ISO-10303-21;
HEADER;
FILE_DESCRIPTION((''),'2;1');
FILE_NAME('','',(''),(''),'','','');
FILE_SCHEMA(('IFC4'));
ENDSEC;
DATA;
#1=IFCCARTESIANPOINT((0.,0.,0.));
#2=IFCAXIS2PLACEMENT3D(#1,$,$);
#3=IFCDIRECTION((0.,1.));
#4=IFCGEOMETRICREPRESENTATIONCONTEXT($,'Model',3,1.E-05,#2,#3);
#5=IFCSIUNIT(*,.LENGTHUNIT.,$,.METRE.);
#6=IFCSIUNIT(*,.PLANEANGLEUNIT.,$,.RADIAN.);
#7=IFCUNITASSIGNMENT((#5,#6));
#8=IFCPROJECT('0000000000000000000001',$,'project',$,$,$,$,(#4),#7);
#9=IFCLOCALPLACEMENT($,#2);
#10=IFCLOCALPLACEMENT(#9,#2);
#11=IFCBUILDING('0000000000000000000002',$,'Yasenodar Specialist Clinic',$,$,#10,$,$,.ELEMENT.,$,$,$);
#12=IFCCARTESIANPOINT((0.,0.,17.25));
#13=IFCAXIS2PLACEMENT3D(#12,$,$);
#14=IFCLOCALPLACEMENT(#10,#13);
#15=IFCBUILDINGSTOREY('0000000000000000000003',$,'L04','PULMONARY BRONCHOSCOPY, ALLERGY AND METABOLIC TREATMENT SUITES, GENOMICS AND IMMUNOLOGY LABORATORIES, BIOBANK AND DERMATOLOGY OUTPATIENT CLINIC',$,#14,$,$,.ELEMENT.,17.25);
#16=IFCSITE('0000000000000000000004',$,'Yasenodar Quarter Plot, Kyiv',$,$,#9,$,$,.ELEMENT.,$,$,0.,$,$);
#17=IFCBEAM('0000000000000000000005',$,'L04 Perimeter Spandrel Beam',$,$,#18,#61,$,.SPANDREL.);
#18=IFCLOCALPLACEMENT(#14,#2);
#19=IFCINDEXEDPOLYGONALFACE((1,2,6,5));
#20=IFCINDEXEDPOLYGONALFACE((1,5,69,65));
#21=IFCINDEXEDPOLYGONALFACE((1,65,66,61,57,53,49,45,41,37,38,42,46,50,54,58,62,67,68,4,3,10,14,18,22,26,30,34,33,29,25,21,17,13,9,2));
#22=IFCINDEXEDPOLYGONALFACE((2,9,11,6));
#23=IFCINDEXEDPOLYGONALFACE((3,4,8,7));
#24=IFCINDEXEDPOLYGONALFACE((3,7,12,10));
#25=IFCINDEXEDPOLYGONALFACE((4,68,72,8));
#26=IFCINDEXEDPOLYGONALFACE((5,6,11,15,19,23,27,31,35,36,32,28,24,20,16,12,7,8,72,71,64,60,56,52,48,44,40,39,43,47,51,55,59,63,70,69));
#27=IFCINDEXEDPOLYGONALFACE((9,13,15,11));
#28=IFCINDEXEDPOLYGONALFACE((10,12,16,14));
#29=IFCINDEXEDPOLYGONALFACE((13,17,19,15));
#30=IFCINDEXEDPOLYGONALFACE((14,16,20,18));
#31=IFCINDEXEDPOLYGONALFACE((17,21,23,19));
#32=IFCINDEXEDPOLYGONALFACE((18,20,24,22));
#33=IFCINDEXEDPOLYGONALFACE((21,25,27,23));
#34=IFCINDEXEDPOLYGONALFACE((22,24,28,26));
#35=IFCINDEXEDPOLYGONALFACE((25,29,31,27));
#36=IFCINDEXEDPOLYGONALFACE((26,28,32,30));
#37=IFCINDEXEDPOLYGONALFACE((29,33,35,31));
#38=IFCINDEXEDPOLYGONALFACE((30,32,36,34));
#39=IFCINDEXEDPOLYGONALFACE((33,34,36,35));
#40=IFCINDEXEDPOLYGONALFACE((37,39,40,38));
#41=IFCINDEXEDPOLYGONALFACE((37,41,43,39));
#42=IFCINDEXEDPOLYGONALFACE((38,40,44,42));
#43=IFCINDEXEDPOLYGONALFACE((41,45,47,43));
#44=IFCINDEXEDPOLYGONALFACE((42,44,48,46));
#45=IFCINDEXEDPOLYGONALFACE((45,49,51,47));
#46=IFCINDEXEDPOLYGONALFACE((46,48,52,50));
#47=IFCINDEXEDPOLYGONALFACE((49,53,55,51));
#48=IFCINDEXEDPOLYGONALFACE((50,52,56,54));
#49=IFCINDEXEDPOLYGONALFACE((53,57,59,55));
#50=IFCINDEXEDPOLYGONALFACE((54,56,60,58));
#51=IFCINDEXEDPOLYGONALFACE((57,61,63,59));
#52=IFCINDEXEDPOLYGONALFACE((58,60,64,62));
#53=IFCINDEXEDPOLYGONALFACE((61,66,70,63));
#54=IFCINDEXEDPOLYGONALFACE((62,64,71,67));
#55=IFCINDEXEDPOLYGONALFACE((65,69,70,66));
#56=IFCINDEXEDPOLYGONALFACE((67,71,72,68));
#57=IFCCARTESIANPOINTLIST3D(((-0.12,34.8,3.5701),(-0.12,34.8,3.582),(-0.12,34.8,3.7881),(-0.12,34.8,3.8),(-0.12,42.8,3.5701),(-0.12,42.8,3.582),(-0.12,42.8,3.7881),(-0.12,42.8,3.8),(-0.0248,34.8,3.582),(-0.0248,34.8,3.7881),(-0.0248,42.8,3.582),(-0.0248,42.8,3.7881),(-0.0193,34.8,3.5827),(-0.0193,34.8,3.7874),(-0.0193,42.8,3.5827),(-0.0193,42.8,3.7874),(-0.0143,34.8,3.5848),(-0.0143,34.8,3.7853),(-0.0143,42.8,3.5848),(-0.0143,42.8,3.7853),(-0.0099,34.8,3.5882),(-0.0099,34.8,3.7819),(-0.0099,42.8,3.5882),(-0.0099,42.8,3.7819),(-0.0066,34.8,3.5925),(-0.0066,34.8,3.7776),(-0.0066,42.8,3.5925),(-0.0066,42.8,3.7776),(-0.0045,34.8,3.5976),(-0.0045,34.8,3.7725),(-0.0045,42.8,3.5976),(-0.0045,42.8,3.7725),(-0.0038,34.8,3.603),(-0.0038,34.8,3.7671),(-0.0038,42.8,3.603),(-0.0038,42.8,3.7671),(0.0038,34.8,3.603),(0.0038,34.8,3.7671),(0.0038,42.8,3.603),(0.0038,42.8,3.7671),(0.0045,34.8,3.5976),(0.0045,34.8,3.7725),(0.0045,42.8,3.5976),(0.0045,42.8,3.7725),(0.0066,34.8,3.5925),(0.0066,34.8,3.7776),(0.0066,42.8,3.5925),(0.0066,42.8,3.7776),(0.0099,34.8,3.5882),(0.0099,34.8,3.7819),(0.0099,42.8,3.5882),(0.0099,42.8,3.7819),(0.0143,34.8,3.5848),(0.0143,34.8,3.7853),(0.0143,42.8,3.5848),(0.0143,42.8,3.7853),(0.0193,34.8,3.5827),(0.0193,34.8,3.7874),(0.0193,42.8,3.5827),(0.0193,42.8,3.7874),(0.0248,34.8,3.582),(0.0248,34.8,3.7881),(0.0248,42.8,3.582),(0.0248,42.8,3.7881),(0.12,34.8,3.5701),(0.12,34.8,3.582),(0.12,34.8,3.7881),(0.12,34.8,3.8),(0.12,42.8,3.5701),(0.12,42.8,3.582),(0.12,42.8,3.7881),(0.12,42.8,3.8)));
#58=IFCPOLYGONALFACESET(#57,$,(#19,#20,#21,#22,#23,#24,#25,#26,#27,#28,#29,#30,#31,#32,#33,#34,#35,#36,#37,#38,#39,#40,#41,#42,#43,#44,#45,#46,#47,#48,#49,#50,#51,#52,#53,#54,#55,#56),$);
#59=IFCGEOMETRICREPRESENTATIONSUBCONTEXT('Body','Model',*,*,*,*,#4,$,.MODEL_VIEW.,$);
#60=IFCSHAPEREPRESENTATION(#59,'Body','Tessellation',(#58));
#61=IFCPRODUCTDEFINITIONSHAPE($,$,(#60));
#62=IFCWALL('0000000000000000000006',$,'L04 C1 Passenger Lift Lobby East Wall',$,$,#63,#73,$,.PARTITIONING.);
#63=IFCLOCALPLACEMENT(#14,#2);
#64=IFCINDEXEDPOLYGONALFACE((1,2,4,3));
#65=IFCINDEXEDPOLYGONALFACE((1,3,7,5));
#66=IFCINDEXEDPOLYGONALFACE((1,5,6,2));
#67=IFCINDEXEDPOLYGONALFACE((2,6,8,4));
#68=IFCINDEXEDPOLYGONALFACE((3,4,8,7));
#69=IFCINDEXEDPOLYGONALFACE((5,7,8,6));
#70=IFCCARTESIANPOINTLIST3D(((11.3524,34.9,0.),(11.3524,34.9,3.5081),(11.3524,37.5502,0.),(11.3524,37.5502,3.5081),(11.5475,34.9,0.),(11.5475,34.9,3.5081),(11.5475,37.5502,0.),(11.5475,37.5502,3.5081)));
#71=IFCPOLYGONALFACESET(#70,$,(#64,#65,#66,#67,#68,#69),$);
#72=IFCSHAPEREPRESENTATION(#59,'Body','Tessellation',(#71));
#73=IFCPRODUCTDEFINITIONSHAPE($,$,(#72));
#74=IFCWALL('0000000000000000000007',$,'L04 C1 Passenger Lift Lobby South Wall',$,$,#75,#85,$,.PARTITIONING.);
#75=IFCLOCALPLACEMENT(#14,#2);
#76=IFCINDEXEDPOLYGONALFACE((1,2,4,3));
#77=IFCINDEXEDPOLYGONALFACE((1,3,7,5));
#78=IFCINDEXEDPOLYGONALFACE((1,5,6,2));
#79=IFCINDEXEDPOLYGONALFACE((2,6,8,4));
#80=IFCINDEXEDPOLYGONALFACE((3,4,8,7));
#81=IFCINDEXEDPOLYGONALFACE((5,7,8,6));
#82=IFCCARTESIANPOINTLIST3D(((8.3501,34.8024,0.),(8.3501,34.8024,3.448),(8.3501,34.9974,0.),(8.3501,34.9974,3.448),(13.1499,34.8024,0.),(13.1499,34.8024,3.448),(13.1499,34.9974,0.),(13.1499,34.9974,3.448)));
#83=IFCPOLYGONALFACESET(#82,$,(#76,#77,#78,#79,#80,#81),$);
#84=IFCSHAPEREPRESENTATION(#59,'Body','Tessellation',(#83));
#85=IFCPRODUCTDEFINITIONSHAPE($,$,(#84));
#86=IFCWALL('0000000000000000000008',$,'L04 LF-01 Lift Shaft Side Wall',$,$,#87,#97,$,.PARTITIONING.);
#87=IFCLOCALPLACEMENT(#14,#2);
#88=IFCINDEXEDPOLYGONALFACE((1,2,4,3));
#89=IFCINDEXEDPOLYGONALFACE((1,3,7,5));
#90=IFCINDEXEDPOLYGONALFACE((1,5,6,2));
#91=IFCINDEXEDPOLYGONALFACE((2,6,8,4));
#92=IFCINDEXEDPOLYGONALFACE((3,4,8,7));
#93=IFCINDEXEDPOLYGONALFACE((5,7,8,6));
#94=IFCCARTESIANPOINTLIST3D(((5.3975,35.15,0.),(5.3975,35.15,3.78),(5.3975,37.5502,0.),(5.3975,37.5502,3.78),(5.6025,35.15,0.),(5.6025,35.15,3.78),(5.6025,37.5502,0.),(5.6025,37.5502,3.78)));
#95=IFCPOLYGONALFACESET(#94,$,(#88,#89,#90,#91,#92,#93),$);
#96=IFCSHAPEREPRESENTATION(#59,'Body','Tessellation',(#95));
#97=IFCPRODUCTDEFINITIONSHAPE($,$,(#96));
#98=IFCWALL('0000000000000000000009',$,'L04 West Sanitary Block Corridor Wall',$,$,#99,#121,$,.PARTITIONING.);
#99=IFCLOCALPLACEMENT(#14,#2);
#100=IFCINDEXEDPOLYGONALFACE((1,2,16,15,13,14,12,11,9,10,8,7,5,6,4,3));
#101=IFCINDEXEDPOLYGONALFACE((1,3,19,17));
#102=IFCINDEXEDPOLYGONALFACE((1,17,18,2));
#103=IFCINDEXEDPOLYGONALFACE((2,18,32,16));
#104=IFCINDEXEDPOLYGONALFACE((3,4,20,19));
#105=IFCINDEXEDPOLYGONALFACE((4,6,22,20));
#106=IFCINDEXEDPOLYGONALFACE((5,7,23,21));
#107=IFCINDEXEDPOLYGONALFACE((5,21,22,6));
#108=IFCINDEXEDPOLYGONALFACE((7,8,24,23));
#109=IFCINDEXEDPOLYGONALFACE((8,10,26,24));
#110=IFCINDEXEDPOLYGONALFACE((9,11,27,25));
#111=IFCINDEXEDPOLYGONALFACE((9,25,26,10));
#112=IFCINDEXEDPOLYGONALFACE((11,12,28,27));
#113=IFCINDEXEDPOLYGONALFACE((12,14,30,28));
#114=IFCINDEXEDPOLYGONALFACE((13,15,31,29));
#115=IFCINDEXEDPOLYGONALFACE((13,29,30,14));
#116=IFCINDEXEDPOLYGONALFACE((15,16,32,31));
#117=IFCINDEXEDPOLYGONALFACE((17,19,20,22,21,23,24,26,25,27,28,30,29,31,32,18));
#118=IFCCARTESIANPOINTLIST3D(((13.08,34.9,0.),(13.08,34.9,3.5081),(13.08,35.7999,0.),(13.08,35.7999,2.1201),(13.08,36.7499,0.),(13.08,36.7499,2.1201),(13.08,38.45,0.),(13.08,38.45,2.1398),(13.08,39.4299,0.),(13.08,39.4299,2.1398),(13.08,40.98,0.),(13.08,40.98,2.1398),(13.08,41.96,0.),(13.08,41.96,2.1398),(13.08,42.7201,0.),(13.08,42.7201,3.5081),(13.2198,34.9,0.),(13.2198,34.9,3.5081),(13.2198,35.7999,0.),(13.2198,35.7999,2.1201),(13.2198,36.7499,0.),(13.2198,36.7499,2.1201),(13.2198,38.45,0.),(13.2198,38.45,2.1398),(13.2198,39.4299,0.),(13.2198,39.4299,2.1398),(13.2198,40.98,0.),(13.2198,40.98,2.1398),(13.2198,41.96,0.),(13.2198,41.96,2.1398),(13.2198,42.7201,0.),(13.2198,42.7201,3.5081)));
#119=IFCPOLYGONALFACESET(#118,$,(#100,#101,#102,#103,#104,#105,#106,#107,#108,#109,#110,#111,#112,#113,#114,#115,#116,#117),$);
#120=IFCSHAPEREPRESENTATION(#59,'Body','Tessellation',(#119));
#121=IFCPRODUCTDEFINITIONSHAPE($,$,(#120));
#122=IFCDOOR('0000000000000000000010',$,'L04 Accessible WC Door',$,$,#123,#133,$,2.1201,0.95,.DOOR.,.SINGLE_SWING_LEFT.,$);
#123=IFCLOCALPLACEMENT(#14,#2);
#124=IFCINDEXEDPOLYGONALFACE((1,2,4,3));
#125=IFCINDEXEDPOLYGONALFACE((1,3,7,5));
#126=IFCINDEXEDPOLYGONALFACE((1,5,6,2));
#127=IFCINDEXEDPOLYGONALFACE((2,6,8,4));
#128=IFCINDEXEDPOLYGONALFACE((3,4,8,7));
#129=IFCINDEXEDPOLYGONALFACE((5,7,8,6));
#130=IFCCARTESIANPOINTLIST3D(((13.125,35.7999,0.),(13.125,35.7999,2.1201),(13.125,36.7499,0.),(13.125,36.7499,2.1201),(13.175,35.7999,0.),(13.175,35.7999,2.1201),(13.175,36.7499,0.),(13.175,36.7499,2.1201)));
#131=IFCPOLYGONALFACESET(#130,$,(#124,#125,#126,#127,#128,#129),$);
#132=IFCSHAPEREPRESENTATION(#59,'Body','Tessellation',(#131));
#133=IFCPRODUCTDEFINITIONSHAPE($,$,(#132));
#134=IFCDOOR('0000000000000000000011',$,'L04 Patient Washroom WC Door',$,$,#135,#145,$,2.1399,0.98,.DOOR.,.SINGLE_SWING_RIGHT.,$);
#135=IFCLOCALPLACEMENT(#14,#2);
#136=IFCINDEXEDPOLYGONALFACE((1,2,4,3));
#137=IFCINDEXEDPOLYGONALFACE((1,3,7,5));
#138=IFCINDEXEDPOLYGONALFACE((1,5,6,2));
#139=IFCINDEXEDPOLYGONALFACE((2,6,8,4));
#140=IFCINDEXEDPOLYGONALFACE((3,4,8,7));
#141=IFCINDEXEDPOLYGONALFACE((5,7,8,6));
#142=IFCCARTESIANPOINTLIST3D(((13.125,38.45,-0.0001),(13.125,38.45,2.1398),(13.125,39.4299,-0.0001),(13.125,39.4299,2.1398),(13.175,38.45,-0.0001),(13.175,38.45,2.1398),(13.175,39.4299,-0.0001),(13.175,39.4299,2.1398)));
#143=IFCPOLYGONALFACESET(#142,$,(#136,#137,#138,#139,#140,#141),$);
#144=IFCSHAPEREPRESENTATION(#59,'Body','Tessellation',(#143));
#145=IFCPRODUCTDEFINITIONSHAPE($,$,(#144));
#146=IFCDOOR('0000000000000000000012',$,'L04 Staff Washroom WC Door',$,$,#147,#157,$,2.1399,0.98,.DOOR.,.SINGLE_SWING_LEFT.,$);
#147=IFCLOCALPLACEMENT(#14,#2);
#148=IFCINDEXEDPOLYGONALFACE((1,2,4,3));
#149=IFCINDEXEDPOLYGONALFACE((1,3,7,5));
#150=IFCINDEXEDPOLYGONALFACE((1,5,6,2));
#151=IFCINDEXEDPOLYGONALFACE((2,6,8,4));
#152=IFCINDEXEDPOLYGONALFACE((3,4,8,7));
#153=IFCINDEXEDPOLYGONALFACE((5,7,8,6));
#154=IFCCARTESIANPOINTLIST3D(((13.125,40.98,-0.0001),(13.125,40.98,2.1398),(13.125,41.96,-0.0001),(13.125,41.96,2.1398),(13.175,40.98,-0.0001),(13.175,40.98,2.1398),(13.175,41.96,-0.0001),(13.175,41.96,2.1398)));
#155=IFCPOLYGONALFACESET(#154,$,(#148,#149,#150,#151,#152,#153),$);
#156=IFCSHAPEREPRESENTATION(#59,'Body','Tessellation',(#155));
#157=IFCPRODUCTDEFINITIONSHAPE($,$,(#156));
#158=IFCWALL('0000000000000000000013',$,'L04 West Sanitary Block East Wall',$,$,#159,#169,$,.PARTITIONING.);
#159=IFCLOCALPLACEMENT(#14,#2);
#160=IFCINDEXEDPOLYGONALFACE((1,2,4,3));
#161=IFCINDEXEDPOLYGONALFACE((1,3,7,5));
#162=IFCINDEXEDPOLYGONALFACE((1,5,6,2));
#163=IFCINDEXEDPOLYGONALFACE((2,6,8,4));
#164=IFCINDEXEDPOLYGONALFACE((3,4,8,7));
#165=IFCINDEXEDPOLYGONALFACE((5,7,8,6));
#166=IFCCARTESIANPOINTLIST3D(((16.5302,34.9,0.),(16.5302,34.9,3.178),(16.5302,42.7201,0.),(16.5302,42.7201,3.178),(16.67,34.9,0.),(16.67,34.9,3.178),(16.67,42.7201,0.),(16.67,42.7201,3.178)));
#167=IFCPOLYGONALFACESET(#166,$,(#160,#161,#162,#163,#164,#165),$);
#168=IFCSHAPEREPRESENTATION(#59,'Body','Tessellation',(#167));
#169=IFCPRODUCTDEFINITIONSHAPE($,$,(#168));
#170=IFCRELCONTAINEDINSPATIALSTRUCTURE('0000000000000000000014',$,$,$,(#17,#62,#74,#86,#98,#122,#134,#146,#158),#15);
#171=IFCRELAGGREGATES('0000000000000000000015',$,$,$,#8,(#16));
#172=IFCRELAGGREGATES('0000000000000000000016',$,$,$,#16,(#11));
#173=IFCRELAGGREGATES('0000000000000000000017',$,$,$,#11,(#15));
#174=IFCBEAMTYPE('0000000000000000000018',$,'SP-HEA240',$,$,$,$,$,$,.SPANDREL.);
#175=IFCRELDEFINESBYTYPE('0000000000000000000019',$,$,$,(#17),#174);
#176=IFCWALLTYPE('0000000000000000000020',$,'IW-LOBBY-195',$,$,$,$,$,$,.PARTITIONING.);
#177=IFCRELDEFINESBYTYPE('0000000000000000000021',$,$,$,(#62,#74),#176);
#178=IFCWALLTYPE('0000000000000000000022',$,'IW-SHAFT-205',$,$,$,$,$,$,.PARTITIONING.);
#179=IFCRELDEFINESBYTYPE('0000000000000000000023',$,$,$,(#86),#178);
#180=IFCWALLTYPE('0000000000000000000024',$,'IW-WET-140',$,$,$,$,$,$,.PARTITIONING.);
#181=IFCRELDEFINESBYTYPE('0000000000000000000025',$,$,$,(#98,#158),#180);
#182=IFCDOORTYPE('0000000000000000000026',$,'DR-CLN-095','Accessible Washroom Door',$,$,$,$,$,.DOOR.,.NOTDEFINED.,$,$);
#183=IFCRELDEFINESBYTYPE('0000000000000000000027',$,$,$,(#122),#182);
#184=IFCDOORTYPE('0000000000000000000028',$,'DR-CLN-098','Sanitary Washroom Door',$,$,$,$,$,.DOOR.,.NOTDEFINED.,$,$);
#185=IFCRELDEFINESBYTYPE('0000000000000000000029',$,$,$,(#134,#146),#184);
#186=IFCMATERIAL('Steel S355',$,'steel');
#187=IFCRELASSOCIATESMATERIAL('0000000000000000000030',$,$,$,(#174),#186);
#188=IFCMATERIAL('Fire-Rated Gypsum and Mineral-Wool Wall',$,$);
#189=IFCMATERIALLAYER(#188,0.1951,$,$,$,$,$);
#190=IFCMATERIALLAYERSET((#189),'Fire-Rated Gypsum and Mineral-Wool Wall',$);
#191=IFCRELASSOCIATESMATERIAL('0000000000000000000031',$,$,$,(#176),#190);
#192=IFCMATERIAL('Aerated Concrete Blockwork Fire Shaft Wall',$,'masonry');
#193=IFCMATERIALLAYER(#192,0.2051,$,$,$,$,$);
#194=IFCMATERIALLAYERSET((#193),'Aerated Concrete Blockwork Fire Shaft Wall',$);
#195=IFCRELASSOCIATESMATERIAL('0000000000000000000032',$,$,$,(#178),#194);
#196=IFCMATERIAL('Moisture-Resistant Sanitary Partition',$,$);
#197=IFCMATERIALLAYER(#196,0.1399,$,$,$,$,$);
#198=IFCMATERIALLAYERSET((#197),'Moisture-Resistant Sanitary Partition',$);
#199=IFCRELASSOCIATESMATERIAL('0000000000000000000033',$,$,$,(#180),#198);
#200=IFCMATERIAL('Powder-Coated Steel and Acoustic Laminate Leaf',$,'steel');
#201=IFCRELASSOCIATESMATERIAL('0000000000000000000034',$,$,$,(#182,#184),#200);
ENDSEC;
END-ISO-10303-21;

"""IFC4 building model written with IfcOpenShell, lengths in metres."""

from ifc_helpers import new_model, si_unit, direction, frame, frame_2d, origin, origin_2d, place, context, subcontext, project, spatial, rectangle, i_section, extrude, material, layer, layer_set, material_profile, profile_set, type_object, element, fill, save


model = new_model("IFC4")

# Units and contexts
model_context = context("Model", 3, precision=1e-05, world=origin(), true_north=direction((0.0, 1.0)))
body_context = subcontext(model_context, "Body", "Model", "MODEL_VIEW")
ifc_project = project(units=[si_unit("LENGTHUNIT", "METRE"), si_unit("PLANEANGLEUNIT", "RADIAN")], contexts=[model_context])

# Site, building, storey
site_placement = place(None, origin())
site = spatial("IfcSite", under=ifc_project, at=site_placement, Name="Yasenodar Quarter Plot, Kyiv", CompositionType="ELEMENT", RefElevation=0.0)
building_placement = place(site_placement, origin())
building = spatial("IfcBuilding", under=site, at=building_placement, Name="Yasenodar Specialist Clinic", CompositionType="ELEMENT")
storey_placement = place(building_placement, frame((0.0, 0.0, 17.25)))
storey = spatial("IfcBuildingStorey", under=building, at=storey_placement, Name="L04", Description="PULMONARY BRONCHOSCOPY, ALLERGY AND METABOLIC TREATMENT SUITES, GENOMICS AND IMMUNOLOGY LABORATORIES, BIOBANK AND DERMATOLOGY OUTPATIENT CLINIC", CompositionType="ELEMENT", Elevation=17.25)

# Shared definitions
ifc_material_1 = material(Name="Steel S355", Category="steel")

# Beam
ifc_material_profile_1 = material_profile(ifc_material_1, i_section(OverallWidth=0.24, OverallDepth=0.23, WebThickness=0.0076, FlangeThickness=0.012, FilletRadius=0.021, at=origin_2d()), Name="HEA 240")
ifc_profile_set_1 = profile_set([ifc_material_profile_1], Name="Steel S355")
beam_type_1 = type_object("IfcBeamType", Name="SP-HEA240", PredefinedType="SPANDREL", material=ifc_profile_set_1)
beam_1_placement = place(storey_placement, frame((0.0, 34.8, 3.6851), z_axis=(0.0, 1.0, 0.0), x_axis=(-1.0, 0.0, 0.0)))
element("IfcBeam", 1, at=beam_1_placement, inside=storey, type_object=beam_type_1, Name="L04 Perimeter Spandrel Beam", PredefinedType="SPANDREL", context=body_context, shape_type="SweptSolid", body=[
    extrude(i_section(OverallWidth=0.24, OverallDepth=0.23, WebThickness=0.0076, FlangeThickness=0.012, FilletRadius=0.021, at=origin_2d()), origin(), (0.0, 0.0, 1.0), 8.0),
])

# Shared definitions
ifc_material_2 = material(Name="Fire-Rated Gypsum and Mineral-Wool Wall")
ifc_layer_1 = layer(ifc_material_2, 0.1951)
ifc_layer_set_1 = layer_set([ifc_layer_1], Name="Fire-Rated Gypsum and Mineral-Wool Wall")
wall_type_1 = type_object("IfcWallType", Name="IW-LOBBY-195", PredefinedType="PARTITIONING", material=ifc_layer_set_1)

# Walls
wall_1_placement = place(storey_placement, frame((11.45, 34.8999, 0.0), z_axis=(0.0, 0.0, 1.0), x_axis=(0.0, 1.0, 0.0)))
element("IfcWall", 2, at=wall_1_placement, inside=storey, type_object=wall_type_1, Name="L04 C1 Passenger Lift Lobby East Wall", PredefinedType="PARTITIONING", context=body_context, shape_type="SweptSolid", body=[
    extrude(rectangle(XDim=2.6501, YDim=0.1951, at=frame_2d((1.3252, 0.0))), origin(), (0.0, 0.0, 1.0), 3.5081),
])
wall_2_placement = place(storey_placement, frame((8.3501, 34.8999, 0.0), z_axis=(0.0, 0.0, 1.0), x_axis=(1.0, 0.0, 0.0)))
element("IfcWall", 3, at=wall_2_placement, inside=storey, type_object=wall_type_1, Name="L04 C1 Passenger Lift Lobby South Wall", PredefinedType="PARTITIONING", context=body_context, shape_type="SweptSolid", body=[
    extrude(rectangle(XDim=4.7998, YDim=0.1951, at=frame_2d((2.3999, 0.0))), origin(), (0.0, 0.0, 1.0), 3.448),
])
ifc_material_3 = material(Name="Aerated Concrete Blockwork Fire Shaft Wall", Category="masonry")
ifc_layer_2 = layer(ifc_material_3, 0.2051)
ifc_layer_set_2 = layer_set([ifc_layer_2], Name="Aerated Concrete Blockwork Fire Shaft Wall")
wall_type_2 = type_object("IfcWallType", Name="IW-SHAFT-205", PredefinedType="PARTITIONING", material=ifc_layer_set_2)
wall_3_placement = place(storey_placement, frame((5.5, 35.1499, 0.0), z_axis=(0.0, 0.0, 1.0), x_axis=(0.0, 1.0, 0.0)))
element("IfcWall", 4, at=wall_3_placement, inside=storey, type_object=wall_type_2, Name="L04 LF-01 Lift Shaft Side Wall", PredefinedType="PARTITIONING", context=body_context, shape_type="SweptSolid", body=[
    extrude(rectangle(XDim=2.4001, YDim=0.2051, at=frame_2d((1.2002, 0.0))), origin(), (0.0, 0.0, 1.0), 3.78),
])

# Wall, openings, doors
ifc_material_4 = material(Name="Moisture-Resistant Sanitary Partition")
ifc_layer_3 = layer(ifc_material_4, 0.1399)
ifc_layer_set_3 = layer_set([ifc_layer_3], Name="Moisture-Resistant Sanitary Partition")
wall_type_3 = type_object("IfcWallType", Name="IW-WET-140", PredefinedType="PARTITIONING", material=ifc_layer_set_3)
wall_4_placement = place(storey_placement, frame((13.1499, 34.8999, 0.0), z_axis=(0.0, 0.0, 1.0), x_axis=(0.0, 1.0, 0.0)))
wall_4 = element("IfcWall", 5, at=wall_4_placement, inside=storey, type_object=wall_type_3, Name="L04 West Sanitary Block Corridor Wall", PredefinedType="PARTITIONING", context=body_context, shape_type="SweptSolid", body=[
    extrude(rectangle(XDim=7.8201, YDim=0.1399, at=frame_2d((3.9102, 0.0))), origin(), (0.0, 0.0, 1.0), 3.5081),
])
opening_1_placement = place(wall_4_placement, frame((0.8999, 0.0, 0.0)))
opening_1 = element("IfcOpeningElement", 6, at=opening_1_placement, cuts=wall_4, PredefinedType="OPENING", context=body_context, shape_type="SweptSolid", body=[
    extrude(rectangle(XDim=0.95, YDim=2.1201, at=frame_2d((0.4751, 1.0601))), frame((0.0, 0.0801, 0.0), z_axis=(0.0, -1.0, 0.0), x_axis=(1.0, 0.0, 0.0)), (0.0, 0.0, 1.0), 0.1599),
])
opening_2_placement = place(wall_4_placement, frame((3.55, 0.0, 0.0)))
opening_2 = element("IfcOpeningElement", 7, at=opening_2_placement, cuts=wall_4, PredefinedType="OPENING", context=body_context, shape_type="SweptSolid", body=[
    extrude(rectangle(XDim=0.98, YDim=2.1399, at=frame_2d((0.49, 1.0698))), frame((0.0, 0.0801, 0.0), z_axis=(0.0, -1.0, 0.0), x_axis=(1.0, 0.0, 0.0)), (0.0, 0.0, 1.0), 0.1599),
])
opening_3_placement = place(wall_4_placement, frame((6.0801, 0.0, 0.0)))
opening_3 = element("IfcOpeningElement", 8, at=opening_3_placement, cuts=wall_4, PredefinedType="OPENING", context=body_context, shape_type="SweptSolid", body=[
    extrude(rectangle(XDim=0.98, YDim=2.1399, at=frame_2d((0.49, 1.0698))), frame((0.0, 0.0801, 0.0), z_axis=(0.0, -1.0, 0.0), x_axis=(1.0, 0.0, 0.0)), (0.0, 0.0, 1.0), 0.1599),
])
ifc_material_5 = material(Name="Powder-Coated Steel and Acoustic Laminate Leaf", Category="steel")
door_type_1 = type_object("IfcDoorType", Name="DR-CLN-095", Description="Accessible Washroom Door", OperationType="NOTDEFINED", PredefinedType="DOOR", material=ifc_material_5)
door_1_placement = place(opening_1_placement, origin())
door_1 = element("IfcDoor", 9, at=door_1_placement, inside=storey, type_object=door_type_1, Name="L04 Accessible WC Door", OperationType="SINGLE_SWING_LEFT", OverallHeight=2.1201, OverallWidth=0.95, PredefinedType="DOOR", context=body_context, shape_type="SweptSolid", body=[
    extrude(rectangle(XDim=0.95, YDim=2.1201, at=frame_2d((0.4751, 1.0601))), frame((0.0, 0.0249, 0.0), z_axis=(0.0, -1.0, 0.0), x_axis=(1.0, 0.0, 0.0)), (0.0, 0.0, 1.0), 0.05),
])
fill(opening_1, door_1)
door_type_2 = type_object("IfcDoorType", Name="DR-CLN-098", Description="Sanitary Washroom Door", OperationType="NOTDEFINED", PredefinedType="DOOR", material=ifc_material_5)
door_2_placement = place(opening_2_placement, origin())
door_2 = element("IfcDoor", 10, at=door_2_placement, inside=storey, type_object=door_type_2, Name="L04 Patient Washroom WC Door", OperationType="SINGLE_SWING_RIGHT", OverallHeight=2.1399, OverallWidth=0.98, PredefinedType="DOOR", context=body_context, shape_type="SweptSolid", body=[
    extrude(rectangle(XDim=0.98, YDim=2.1399, at=frame_2d((0.49, 1.0698))), frame((0.0, 0.0249, 0.0), z_axis=(0.0, -1.0, 0.0), x_axis=(1.0, 0.0, 0.0)), (0.0, 0.0, 1.0), 0.05),
])
fill(opening_2, door_2)
door_3_placement = place(opening_3_placement, origin())
door_3 = element("IfcDoor", 11, at=door_3_placement, inside=storey, type_object=door_type_2, Name="L04 Staff Washroom WC Door", OperationType="SINGLE_SWING_LEFT", OverallHeight=2.1399, OverallWidth=0.98, PredefinedType="DOOR", context=body_context, shape_type="SweptSolid", body=[
    extrude(rectangle(XDim=0.98, YDim=2.1399, at=frame_2d((0.49, 1.0698))), frame((0.0, 0.0249, 0.0), z_axis=(0.0, -1.0, 0.0), x_axis=(1.0, 0.0, 0.0)), (0.0, 0.0, 1.0), 0.05),
])
fill(opening_3, door_3)

# Wall
wall_5_placement = place(storey_placement, frame((16.6001, 34.8999, 0.0), z_axis=(0.0, 0.0, 1.0), x_axis=(0.0, 1.0, 0.0)))
element("IfcWall", 12, at=wall_5_placement, inside=storey, type_object=wall_type_3, Name="L04 West Sanitary Block East Wall", PredefinedType="PARTITIONING", context=body_context, shape_type="SweptSolid", body=[
    extrude(rectangle(XDim=7.8201, YDim=0.1399, at=frame_2d((3.9102, 0.0))), origin(), (0.0, 0.0, 1.0), 3.178),
])

save(model, "model.ifc")
